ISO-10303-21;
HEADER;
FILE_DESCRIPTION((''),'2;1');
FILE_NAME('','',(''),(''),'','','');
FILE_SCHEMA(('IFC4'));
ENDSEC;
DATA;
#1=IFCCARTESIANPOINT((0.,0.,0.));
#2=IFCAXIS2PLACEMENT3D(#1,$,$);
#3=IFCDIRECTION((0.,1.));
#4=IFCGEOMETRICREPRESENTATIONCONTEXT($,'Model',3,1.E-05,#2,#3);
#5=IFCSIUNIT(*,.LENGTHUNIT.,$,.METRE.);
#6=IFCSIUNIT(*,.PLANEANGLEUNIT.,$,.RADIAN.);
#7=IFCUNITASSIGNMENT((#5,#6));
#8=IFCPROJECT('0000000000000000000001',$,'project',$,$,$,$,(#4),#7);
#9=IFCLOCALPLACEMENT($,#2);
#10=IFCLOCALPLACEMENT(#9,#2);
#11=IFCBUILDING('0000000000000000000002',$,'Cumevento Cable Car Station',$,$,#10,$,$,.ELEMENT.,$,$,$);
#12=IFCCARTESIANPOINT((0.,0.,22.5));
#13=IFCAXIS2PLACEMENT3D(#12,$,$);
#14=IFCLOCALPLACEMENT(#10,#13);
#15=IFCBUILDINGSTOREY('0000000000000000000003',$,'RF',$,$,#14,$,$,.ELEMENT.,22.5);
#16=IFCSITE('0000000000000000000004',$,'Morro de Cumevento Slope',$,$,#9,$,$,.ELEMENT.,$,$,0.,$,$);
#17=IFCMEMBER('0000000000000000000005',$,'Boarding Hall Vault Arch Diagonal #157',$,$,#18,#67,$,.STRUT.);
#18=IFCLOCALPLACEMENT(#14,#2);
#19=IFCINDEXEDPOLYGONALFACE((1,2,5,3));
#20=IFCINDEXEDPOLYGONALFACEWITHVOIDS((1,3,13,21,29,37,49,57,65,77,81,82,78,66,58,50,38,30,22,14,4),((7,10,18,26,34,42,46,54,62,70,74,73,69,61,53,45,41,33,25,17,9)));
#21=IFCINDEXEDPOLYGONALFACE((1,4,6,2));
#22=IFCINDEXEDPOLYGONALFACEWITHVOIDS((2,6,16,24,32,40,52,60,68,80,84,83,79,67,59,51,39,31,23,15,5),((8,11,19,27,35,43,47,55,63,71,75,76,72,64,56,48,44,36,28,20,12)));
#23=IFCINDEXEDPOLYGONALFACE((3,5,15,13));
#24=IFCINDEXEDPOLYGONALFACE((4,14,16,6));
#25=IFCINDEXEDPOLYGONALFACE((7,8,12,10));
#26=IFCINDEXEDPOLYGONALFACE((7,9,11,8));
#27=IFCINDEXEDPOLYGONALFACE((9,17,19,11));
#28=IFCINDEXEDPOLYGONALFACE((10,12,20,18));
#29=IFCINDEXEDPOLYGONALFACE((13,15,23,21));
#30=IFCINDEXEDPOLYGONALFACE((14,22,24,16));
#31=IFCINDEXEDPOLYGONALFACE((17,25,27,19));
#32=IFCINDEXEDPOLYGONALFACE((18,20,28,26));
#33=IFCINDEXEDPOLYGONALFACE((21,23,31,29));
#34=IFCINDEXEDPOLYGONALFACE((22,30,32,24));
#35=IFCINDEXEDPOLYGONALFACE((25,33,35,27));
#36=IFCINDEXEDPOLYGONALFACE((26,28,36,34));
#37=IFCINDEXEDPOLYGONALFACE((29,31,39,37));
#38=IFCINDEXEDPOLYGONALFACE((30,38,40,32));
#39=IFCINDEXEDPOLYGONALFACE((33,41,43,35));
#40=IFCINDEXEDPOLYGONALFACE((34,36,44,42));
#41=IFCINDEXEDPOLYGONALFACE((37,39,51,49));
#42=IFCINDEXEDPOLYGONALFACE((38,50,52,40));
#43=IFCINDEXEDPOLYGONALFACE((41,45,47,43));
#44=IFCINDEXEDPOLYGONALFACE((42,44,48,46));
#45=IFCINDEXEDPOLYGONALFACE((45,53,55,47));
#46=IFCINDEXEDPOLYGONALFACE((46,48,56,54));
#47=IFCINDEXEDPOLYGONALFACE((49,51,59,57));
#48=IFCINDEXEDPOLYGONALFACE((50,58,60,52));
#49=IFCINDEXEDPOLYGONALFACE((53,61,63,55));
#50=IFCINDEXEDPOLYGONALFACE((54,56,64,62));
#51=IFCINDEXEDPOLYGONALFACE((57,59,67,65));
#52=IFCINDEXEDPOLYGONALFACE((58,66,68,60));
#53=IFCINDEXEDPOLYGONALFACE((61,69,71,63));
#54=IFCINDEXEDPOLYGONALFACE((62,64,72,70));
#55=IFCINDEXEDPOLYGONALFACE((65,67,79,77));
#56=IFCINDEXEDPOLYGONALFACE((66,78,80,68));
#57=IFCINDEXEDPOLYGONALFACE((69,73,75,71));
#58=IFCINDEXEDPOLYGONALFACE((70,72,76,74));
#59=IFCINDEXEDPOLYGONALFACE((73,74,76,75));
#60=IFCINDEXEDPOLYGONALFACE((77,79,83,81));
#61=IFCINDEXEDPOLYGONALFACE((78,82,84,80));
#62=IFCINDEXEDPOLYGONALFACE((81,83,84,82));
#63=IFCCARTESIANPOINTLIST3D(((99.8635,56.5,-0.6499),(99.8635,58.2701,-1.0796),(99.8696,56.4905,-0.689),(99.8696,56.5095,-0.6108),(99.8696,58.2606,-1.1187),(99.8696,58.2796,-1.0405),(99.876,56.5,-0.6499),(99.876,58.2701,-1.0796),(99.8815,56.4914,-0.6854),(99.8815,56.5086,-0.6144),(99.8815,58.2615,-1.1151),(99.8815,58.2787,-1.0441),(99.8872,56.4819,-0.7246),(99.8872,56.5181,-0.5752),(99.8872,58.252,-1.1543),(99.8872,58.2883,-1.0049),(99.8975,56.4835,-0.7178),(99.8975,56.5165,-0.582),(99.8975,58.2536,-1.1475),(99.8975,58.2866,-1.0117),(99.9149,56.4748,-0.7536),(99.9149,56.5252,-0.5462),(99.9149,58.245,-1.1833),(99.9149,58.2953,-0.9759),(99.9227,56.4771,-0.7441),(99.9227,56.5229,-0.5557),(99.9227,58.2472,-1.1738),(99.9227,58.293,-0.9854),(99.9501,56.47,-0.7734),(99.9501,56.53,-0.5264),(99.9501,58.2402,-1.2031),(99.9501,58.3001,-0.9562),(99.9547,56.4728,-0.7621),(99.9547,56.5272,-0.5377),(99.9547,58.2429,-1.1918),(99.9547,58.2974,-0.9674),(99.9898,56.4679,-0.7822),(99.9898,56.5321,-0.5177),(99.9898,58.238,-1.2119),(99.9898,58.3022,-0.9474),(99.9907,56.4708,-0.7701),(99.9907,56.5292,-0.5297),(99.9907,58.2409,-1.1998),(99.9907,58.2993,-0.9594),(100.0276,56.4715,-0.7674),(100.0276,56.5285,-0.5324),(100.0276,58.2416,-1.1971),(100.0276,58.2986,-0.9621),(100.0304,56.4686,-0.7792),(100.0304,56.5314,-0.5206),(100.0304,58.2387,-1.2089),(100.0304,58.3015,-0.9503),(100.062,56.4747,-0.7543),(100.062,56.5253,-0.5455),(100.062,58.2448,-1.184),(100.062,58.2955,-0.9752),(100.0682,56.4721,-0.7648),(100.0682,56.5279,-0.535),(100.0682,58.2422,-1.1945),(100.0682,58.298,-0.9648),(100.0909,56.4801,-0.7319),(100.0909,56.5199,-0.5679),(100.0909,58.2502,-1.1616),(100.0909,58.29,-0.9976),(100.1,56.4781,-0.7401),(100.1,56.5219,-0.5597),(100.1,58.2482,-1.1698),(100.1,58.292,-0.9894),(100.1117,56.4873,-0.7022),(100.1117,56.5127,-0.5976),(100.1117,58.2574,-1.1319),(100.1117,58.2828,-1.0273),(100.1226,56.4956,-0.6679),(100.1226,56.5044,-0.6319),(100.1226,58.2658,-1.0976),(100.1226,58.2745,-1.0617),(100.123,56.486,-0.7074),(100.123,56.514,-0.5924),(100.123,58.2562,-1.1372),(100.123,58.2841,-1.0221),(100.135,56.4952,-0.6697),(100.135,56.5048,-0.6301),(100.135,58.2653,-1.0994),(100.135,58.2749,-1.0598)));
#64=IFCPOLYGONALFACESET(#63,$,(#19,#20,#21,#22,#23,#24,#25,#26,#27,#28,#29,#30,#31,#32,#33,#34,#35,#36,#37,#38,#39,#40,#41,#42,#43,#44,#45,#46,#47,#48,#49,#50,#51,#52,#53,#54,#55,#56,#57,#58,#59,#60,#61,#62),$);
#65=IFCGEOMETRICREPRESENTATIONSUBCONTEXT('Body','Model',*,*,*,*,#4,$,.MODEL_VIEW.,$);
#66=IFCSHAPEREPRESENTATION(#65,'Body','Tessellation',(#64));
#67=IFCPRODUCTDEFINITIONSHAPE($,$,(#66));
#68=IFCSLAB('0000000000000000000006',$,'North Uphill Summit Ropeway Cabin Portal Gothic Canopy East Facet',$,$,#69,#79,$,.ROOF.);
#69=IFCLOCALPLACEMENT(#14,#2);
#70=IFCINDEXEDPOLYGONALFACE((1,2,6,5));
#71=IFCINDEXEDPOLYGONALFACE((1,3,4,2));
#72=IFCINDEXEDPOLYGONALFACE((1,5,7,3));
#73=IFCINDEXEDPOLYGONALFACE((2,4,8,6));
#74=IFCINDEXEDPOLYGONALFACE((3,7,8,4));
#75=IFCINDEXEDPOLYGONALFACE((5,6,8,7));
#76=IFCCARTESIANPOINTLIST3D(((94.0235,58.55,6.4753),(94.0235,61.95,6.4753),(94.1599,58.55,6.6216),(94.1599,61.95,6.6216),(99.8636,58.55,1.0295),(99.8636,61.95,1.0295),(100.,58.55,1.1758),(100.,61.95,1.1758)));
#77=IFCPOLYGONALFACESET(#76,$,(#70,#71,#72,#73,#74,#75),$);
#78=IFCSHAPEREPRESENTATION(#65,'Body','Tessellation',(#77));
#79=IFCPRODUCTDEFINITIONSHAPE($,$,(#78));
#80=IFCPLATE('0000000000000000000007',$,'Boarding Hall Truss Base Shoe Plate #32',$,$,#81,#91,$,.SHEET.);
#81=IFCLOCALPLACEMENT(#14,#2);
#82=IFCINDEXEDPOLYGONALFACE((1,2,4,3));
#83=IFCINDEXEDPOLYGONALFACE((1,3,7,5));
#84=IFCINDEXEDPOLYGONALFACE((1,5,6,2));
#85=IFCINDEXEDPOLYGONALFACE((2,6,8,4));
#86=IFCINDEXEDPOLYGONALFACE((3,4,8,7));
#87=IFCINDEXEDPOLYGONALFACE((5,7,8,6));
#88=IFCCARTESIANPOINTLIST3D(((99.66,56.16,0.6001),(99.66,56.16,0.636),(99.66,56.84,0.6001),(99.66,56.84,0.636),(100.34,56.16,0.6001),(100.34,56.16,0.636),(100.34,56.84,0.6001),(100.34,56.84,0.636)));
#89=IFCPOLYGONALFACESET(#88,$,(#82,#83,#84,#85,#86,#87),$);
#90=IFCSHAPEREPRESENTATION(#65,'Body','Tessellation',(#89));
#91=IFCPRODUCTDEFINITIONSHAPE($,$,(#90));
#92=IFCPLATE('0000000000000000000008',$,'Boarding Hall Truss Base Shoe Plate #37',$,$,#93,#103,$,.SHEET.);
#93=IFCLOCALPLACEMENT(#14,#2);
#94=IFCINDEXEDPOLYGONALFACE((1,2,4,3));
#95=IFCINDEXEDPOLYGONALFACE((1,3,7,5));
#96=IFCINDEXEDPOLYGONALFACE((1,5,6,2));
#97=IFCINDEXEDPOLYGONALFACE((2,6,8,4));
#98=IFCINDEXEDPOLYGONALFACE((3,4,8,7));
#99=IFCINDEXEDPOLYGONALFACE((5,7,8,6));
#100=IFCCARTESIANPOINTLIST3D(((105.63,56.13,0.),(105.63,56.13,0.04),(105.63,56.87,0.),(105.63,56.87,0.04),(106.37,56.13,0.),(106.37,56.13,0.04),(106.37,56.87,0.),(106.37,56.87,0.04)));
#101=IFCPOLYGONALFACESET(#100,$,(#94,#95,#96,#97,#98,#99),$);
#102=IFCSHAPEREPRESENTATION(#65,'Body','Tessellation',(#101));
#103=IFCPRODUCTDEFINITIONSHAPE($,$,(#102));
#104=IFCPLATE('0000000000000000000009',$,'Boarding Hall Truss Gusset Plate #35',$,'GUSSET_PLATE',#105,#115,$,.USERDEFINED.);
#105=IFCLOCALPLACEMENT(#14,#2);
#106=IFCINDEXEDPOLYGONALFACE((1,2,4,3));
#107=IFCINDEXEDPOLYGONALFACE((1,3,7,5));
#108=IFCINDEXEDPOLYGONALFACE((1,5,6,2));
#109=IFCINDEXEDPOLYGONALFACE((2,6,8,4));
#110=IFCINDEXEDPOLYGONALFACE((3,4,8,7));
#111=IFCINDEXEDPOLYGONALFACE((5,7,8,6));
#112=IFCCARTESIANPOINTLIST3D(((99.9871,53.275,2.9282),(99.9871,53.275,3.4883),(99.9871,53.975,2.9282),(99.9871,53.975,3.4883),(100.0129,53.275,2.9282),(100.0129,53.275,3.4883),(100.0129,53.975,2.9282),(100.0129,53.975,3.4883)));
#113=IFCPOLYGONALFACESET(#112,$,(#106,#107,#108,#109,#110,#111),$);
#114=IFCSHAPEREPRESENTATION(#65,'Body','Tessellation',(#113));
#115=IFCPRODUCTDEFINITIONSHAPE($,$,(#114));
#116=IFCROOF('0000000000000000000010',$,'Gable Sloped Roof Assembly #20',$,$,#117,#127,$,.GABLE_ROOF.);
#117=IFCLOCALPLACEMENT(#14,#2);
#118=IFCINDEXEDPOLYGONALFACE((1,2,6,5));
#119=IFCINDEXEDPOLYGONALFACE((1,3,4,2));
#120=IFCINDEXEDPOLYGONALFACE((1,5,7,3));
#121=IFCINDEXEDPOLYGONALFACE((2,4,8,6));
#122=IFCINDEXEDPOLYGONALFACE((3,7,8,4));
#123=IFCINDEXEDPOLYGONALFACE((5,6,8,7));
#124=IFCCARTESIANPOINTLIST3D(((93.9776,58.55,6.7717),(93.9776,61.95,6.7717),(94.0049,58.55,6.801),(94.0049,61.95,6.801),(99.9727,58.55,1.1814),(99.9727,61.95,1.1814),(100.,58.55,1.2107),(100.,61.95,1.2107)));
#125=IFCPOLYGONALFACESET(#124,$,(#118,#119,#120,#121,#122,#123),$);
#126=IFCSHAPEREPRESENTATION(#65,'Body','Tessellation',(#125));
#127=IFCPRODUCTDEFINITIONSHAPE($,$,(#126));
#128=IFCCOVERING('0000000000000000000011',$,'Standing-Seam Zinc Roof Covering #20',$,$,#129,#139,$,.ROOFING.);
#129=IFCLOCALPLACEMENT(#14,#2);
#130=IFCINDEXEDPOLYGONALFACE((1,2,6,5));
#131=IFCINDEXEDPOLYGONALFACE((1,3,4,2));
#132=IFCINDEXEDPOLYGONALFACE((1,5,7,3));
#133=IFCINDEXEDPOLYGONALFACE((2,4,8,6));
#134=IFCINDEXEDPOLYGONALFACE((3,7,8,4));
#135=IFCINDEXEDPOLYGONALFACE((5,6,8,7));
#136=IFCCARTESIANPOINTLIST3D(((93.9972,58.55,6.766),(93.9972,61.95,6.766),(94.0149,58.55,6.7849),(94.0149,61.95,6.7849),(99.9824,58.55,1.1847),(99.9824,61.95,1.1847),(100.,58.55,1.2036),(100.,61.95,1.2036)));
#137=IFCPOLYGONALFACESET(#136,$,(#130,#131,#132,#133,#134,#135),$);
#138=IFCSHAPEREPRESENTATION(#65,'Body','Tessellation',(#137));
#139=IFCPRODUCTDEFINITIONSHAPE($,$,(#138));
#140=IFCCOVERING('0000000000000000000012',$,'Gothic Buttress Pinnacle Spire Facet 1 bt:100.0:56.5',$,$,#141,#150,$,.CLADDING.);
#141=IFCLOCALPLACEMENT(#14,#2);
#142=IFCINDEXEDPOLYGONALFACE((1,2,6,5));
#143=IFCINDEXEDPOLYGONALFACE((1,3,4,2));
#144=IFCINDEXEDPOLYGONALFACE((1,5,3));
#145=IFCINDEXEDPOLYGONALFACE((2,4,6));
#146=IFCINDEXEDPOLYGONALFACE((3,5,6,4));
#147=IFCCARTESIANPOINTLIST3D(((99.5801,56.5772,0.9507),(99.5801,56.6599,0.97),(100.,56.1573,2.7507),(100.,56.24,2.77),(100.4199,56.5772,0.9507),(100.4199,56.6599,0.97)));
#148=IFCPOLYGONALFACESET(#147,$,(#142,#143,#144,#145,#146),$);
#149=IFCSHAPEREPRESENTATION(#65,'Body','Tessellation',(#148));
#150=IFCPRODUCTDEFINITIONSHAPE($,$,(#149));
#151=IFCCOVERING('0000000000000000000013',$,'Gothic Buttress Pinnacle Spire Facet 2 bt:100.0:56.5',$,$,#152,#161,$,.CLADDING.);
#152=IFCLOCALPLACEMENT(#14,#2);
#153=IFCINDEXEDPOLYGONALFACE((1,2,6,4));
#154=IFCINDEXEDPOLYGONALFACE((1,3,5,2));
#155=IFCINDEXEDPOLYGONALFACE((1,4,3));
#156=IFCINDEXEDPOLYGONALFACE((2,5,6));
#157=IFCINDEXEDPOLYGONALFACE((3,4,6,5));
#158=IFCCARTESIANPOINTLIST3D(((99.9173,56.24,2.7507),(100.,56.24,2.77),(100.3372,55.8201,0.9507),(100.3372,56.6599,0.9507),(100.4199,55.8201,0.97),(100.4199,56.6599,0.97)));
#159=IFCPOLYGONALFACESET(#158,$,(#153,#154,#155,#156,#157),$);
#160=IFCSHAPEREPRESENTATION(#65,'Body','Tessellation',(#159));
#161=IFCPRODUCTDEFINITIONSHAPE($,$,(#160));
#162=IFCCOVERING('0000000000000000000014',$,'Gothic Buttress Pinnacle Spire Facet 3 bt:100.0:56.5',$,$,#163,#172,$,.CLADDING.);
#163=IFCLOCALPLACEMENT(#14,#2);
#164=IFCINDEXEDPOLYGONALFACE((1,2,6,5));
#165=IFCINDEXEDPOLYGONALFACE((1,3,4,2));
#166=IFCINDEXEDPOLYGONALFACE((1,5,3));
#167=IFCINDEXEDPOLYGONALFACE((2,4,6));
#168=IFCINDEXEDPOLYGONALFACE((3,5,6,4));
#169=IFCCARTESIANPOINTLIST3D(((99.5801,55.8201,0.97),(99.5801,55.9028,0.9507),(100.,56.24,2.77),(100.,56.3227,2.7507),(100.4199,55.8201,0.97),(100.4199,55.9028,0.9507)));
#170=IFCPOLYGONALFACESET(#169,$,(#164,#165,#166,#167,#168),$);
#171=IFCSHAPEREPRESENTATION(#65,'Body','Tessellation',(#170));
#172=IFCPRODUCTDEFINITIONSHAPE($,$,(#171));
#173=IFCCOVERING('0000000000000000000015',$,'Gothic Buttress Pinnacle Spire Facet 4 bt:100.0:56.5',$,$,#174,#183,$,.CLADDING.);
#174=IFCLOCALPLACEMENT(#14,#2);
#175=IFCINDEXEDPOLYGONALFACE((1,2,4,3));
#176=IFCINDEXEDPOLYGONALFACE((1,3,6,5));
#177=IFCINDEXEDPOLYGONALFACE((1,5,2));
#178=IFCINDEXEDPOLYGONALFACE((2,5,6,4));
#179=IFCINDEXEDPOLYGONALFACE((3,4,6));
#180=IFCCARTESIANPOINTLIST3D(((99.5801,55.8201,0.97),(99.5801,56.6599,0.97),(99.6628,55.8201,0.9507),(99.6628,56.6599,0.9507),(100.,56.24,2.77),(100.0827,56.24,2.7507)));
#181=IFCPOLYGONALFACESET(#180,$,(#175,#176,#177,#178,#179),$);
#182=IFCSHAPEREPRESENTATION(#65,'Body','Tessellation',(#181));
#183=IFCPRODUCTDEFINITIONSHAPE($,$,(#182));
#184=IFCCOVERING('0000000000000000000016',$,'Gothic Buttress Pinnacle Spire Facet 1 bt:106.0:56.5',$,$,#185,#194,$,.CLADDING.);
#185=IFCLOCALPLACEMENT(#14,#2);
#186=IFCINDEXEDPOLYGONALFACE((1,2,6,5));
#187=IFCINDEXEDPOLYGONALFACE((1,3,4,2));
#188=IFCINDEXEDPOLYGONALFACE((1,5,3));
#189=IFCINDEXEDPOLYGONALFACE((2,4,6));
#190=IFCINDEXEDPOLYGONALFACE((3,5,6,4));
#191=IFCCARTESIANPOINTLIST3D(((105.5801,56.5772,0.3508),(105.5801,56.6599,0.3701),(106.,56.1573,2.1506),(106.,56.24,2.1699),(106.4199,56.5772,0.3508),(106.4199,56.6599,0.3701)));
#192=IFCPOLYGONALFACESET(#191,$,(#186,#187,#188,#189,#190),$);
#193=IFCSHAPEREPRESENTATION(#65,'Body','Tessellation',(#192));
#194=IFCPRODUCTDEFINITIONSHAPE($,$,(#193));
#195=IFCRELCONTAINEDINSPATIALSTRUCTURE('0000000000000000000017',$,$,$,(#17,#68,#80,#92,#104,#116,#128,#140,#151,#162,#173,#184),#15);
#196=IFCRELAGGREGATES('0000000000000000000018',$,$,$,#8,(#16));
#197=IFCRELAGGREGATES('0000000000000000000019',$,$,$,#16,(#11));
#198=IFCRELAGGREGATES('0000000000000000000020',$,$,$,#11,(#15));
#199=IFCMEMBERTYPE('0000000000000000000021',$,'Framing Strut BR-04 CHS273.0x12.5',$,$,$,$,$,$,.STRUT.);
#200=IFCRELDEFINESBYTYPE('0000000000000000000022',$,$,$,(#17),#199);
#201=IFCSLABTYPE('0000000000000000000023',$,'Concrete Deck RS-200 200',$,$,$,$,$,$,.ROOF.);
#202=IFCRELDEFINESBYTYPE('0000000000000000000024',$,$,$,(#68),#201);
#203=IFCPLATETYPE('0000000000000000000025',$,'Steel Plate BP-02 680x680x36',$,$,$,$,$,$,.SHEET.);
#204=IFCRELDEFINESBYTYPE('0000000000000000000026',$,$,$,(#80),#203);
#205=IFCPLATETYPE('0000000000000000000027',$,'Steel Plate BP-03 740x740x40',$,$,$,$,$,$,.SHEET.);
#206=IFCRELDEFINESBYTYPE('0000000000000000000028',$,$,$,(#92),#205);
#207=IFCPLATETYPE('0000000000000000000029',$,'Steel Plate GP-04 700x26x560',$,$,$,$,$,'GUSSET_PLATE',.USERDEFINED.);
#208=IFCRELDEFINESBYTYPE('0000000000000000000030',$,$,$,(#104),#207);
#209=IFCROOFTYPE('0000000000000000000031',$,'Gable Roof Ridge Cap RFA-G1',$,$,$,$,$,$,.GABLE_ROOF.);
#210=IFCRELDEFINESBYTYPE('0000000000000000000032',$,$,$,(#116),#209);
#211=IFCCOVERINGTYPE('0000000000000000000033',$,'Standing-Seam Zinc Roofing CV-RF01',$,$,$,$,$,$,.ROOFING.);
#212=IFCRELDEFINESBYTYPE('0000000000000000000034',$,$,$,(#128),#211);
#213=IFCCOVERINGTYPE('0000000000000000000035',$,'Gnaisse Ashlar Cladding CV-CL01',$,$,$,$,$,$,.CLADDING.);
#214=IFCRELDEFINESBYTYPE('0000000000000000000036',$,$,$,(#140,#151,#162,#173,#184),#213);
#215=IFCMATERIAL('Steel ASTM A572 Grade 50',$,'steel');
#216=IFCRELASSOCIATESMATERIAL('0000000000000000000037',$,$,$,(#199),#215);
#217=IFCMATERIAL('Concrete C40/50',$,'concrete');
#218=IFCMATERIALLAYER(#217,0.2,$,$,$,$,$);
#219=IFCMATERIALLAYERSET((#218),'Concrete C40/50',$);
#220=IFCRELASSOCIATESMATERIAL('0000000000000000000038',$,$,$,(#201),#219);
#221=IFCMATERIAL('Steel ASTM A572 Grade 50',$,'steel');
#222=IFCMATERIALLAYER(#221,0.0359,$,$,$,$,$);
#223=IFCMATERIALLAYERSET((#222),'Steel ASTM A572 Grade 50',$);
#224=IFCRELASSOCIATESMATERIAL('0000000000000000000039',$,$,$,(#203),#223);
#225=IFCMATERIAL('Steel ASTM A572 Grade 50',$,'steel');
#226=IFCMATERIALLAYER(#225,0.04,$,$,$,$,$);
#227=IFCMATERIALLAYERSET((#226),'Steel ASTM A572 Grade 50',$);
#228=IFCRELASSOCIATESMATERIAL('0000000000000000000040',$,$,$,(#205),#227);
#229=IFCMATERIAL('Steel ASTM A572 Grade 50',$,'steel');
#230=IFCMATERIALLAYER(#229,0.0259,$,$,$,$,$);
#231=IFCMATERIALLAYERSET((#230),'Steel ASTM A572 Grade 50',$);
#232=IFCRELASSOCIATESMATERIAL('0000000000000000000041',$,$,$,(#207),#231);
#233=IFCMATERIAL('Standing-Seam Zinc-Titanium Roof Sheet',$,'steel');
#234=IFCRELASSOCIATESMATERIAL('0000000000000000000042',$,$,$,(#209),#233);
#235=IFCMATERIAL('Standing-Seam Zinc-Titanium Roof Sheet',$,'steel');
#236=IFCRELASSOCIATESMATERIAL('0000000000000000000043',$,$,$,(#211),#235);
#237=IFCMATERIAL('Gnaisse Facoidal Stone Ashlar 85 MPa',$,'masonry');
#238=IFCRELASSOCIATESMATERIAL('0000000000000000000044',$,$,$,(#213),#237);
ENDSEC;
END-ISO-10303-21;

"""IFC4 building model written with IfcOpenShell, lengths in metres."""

from ifc_helpers import new_model, si_unit, direction, frame, origin, origin_2d, place, context, subcontext, project, spatial, polyline, rectangle, hollow_circle, outline, extrude, material, layer, layer_set, material_profile, profile_set, type_object, element, save


model = new_model("IFC4")

# Units and contexts
model_context = context("Model", 3, precision=1e-05, world=origin(), true_north=direction((0.0, 1.0)))
body_context = subcontext(model_context, "Body", "Model", "MODEL_VIEW")
ifc_project = project(units=[si_unit("LENGTHUNIT", "METRE"), si_unit("PLANEANGLEUNIT", "RADIAN")], contexts=[model_context])

# Site, building, storey
site_placement = place(None, origin())
site = spatial("IfcSite", under=ifc_project, at=site_placement, Name="Morro de Cumevento Slope", CompositionType="ELEMENT", RefElevation=0.0)
building_placement = place(site_placement, origin())
building = spatial("IfcBuilding", under=site, at=building_placement, Name="Cumevento Cable Car Station", CompositionType="ELEMENT")
storey_placement = place(building_placement, frame((0.0, 0.0, 22.5)))
storey = spatial("IfcBuildingStorey", under=building, at=storey_placement, Name="RF", CompositionType="ELEMENT", Elevation=22.5)

# Member
ifc_material_1 = material(Name="Steel ASTM A572 Grade 50", Category="steel")
ifc_material_profile_1 = material_profile(ifc_material_1, hollow_circle(Radius=0.1365, WallThickness=0.0125, at=origin_2d()), Name="CHS273.0x12.5")
ifc_profile_set_1 = profile_set([ifc_material_profile_1], Name="Steel ASTM A572 Grade 50")
member_type_1 = type_object("IfcMemberType", Name="Framing Strut BR-04 CHS273.0x12.5", PredefinedType="STRUT", material=ifc_profile_set_1)
member_1_placement = place(storey_placement, frame((100.0, 56.5, -0.6499), z_axis=(0.0, 0.971776, -0.235907), x_axis=(-1.0, 0.0, 0.0)))
element("IfcMember", 1, at=member_1_placement, inside=storey, type_object=member_type_1, Name="Boarding Hall Vault Arch Diagonal #157", PredefinedType="STRUT", context=body_context, shape_type="SweptSolid", body=[
    extrude(hollow_circle(Radius=0.1365, WallThickness=0.0125, at=origin_2d()), origin(), (0.0, 0.0, 1.0), 1.8215),
])

# Slab
ifc_material_2 = material(Name="Concrete C40/50", Category="concrete")
ifc_layer_1 = layer(ifc_material_2, 0.2)
ifc_layer_set_1 = layer_set([ifc_layer_1], Name="Concrete C40/50")
slab_type = type_object("IfcSlabType", Name="Concrete Deck RS-200 200", PredefinedType="ROOF", material=ifc_layer_set_1)
slab_placement = place(storey_placement, frame((94.1599, 61.95, 6.6216), z_axis=(0.681987, 0.0, 0.731364), x_axis=(0.0, -1.0, 0.0)))
element("IfcSlab", 2, at=slab_placement, inside=storey, type_object=slab_type, Name="North Uphill Summit Ropeway Cabin Portal Gothic Canopy East Facet", PredefinedType="ROOF", context=body_context, shape_type="SweptSolid", body=[
    extrude(outline(polyline([(0.0, 0.0), (3.3999, 0.0), (3.3999, 7.9852), (0.0, 7.9852), (0.0, 0.0)])), origin(), (0.0, 0.0, -1.0), 0.2),
])

# Plates
ifc_material_3 = material(Name="Steel ASTM A572 Grade 50", Category="steel")
ifc_layer_2 = layer(ifc_material_3, 0.0359)
ifc_layer_set_2 = layer_set([ifc_layer_2], Name="Steel ASTM A572 Grade 50")
plate_type_1 = type_object("IfcPlateType", Name="Steel Plate BP-02 680x680x36", PredefinedType="SHEET", material=ifc_layer_set_2)
plate_1_placement = place(storey_placement, frame((100.0, 56.5, 0.6001), z_axis=(0.0, 0.0, 1.0), x_axis=(1.0, 0.0, 0.0)))
element("IfcPlate", 3, at=plate_1_placement, inside=storey, type_object=plate_type_1, Name="Boarding Hall Truss Base Shoe Plate #32", PredefinedType="SHEET", context=body_context, shape_type="SweptSolid", body=[
    extrude(rectangle(XDim=0.6799, YDim=0.6799, at=origin_2d()), origin(), (0.0, 0.0, 1.0), 0.0359),
])
ifc_material_4 = material(Name="Steel ASTM A572 Grade 50", Category="steel")
ifc_layer_3 = layer(ifc_material_4, 0.04)
ifc_layer_set_3 = layer_set([ifc_layer_3], Name="Steel ASTM A572 Grade 50")
plate_type_2 = type_object("IfcPlateType", Name="Steel Plate BP-03 740x740x40", PredefinedType="SHEET", material=ifc_layer_set_3)
plate_2_placement = place(storey_placement, frame((106.0, 56.5, 0.0), z_axis=(0.0, 0.0, 1.0), x_axis=(1.0, 0.0, 0.0)))
element("IfcPlate", 4, at=plate_2_placement, inside=storey, type_object=plate_type_2, Name="Boarding Hall Truss Base Shoe Plate #37", PredefinedType="SHEET", context=body_context, shape_type="SweptSolid", body=[
    extrude(rectangle(XDim=0.74, YDim=0.74, at=origin_2d()), origin(), (0.0, 0.0, 1.0), 0.04),
])
ifc_material_5 = material(Name="Steel ASTM A572 Grade 50", Category="steel")
ifc_layer_4 = layer(ifc_material_5, 0.0259)
ifc_layer_set_4 = layer_set([ifc_layer_4], Name="Steel ASTM A572 Grade 50")
plate_type_3 = type_object("IfcPlateType", Name="Steel Plate GP-04 700x26x560", ElementType="GUSSET_PLATE", PredefinedType="USERDEFINED", material=ifc_layer_set_4)
plate_3_placement = place(storey_placement, frame((100.0, 53.625, 2.9282), z_axis=(0.0, 0.0, 1.0), x_axis=(0.0, 1.0, 0.0)))
element("IfcPlate", 5, at=plate_3_placement, inside=storey, type_object=plate_type_3, Name="Boarding Hall Truss Gusset Plate #35", ObjectType="GUSSET_PLATE", PredefinedType="USERDEFINED", context=body_context, shape_type="SweptSolid", body=[
    extrude(rectangle(XDim=0.7, YDim=0.0259, at=origin_2d()), origin(), (0.0, 0.0, 1.0), 0.5601),
])

# Roof
ifc_material_6 = material(Name="Standing-Seam Zinc-Titanium Roof Sheet", Category="steel")
roof_type = type_object("IfcRoofType", Name="Gable Roof Ridge Cap RFA-G1", PredefinedType="GABLE_ROOF", material=ifc_material_6)
roof_placement = place(storey_placement, frame((94.0049, 61.95, 6.801), z_axis=(0.681985, 0.0, 0.731366), x_axis=(0.0, -1.0, 0.0)))
element("IfcRoof", 6, at=roof_placement, inside=storey, type_object=roof_type, Name="Gable Sloped Roof Assembly #20", PredefinedType="GABLE_ROOF", context=body_context, shape_type="SweptSolid", body=[
    extrude(outline(polyline([(0.0, 0.0), (3.3999, 0.0), (3.3999, 8.1971), (0.0, 8.1971), (0.0, 0.0)])), origin(), (0.0, 0.0, -1.0), 0.04),
])

# Coverings
ifc_material_7 = material(Name="Standing-Seam Zinc-Titanium Roof Sheet", Category="steel")
covering_type_1 = type_object("IfcCoveringType", Name="Standing-Seam Zinc Roofing CV-RF01", PredefinedType="ROOFING", material=ifc_material_7)
covering_1_placement = place(storey_placement, frame((94.0149, 61.95, 6.7849), z_axis=(0.682005, 0.0, 0.731348), x_axis=(0.0, -1.0, 0.0)))
element("IfcCovering", 7, at=covering_1_placement, inside=storey, type_object=covering_type_1, Name="Standing-Seam Zinc Roof Covering #20", PredefinedType="ROOFING", context=body_context, shape_type="SweptSolid", body=[
    extrude(outline(polyline([(0.0, 0.0), (3.3999, 0.0), (3.3999, 8.1837), (0.0, 8.1837), (0.0, 0.0)])), origin(), (0.0, 0.0, -1.0), 0.0259),
])
ifc_material_8 = material(Name="Gnaisse Facoidal Stone Ashlar 85 MPa", Category="masonry")
covering_type_2 = type_object("IfcCoveringType", Name="Gnaisse Ashlar Cladding CV-CL01", PredefinedType="CLADDING", material=ifc_material_8)
for number, where, z_axis, x_axis, name in (
    (8, (99.5801, 56.6599, 0.97), (0.0, 0.973852, 0.227184), (1.0, 0.0, 0.0), "Gothic Buttress Pinnacle Spire Facet 1 bt:100.0:56.5"),
    (9, (100.4199, 56.6599, 0.97), (0.973852, 0.0, 0.227184), (0.0, -1.0, 0.0), "Gothic Buttress Pinnacle Spire Facet 2 bt:100.0:56.5"),
    (10, (100.4199, 55.8201, 0.97), (0.0, -0.973852, 0.227184), (-1.0, 0.0, 0.0), "Gothic Buttress Pinnacle Spire Facet 3 bt:100.0:56.5"),
    (11, (99.5801, 55.8201, 0.97), (-0.973852, 0.0, 0.227184), (0.0, 1.0, 0.0), "Gothic Buttress Pinnacle Spire Facet 4 bt:100.0:56.5"),
):
    element("IfcCovering", number, at=place(storey_placement, frame(where, z_axis=z_axis, x_axis=x_axis)), inside=storey, type_object=covering_type_2, Name=name, PredefinedType="CLADDING", context=body_context, shape_type="SweptSolid", body=[
        extrude(outline(polyline([(0.0, 0.0), (0.8398, 0.0), (0.4199, -1.8484), (0.0, 0.0)])), origin(), (0.0, 0.0, -1.0), 0.085),
    ])
for number, where, z_axis, x_axis, name in (
    (12, (105.5801, 56.6599, 0.3701), (0.0, 0.973845, 0.227213), (1.0, 0.0, 0.0), "Gothic Buttress Pinnacle Spire Facet 1 bt:106.0:56.5"),
):
    element("IfcCovering", number, at=place(storey_placement, frame(where, z_axis=z_axis, x_axis=x_axis)), inside=storey, type_object=covering_type_2, Name=name, PredefinedType="CLADDING", context=body_context, shape_type="SweptSolid", body=[
        extrude(outline(polyline([(0.0, 0.0), (0.8398, 0.0), (0.4199, -1.8481), (0.0, 0.0)])), origin(), (0.0, 0.0, -1.0), 0.085),
    ])

save(model, "model.ifc")
